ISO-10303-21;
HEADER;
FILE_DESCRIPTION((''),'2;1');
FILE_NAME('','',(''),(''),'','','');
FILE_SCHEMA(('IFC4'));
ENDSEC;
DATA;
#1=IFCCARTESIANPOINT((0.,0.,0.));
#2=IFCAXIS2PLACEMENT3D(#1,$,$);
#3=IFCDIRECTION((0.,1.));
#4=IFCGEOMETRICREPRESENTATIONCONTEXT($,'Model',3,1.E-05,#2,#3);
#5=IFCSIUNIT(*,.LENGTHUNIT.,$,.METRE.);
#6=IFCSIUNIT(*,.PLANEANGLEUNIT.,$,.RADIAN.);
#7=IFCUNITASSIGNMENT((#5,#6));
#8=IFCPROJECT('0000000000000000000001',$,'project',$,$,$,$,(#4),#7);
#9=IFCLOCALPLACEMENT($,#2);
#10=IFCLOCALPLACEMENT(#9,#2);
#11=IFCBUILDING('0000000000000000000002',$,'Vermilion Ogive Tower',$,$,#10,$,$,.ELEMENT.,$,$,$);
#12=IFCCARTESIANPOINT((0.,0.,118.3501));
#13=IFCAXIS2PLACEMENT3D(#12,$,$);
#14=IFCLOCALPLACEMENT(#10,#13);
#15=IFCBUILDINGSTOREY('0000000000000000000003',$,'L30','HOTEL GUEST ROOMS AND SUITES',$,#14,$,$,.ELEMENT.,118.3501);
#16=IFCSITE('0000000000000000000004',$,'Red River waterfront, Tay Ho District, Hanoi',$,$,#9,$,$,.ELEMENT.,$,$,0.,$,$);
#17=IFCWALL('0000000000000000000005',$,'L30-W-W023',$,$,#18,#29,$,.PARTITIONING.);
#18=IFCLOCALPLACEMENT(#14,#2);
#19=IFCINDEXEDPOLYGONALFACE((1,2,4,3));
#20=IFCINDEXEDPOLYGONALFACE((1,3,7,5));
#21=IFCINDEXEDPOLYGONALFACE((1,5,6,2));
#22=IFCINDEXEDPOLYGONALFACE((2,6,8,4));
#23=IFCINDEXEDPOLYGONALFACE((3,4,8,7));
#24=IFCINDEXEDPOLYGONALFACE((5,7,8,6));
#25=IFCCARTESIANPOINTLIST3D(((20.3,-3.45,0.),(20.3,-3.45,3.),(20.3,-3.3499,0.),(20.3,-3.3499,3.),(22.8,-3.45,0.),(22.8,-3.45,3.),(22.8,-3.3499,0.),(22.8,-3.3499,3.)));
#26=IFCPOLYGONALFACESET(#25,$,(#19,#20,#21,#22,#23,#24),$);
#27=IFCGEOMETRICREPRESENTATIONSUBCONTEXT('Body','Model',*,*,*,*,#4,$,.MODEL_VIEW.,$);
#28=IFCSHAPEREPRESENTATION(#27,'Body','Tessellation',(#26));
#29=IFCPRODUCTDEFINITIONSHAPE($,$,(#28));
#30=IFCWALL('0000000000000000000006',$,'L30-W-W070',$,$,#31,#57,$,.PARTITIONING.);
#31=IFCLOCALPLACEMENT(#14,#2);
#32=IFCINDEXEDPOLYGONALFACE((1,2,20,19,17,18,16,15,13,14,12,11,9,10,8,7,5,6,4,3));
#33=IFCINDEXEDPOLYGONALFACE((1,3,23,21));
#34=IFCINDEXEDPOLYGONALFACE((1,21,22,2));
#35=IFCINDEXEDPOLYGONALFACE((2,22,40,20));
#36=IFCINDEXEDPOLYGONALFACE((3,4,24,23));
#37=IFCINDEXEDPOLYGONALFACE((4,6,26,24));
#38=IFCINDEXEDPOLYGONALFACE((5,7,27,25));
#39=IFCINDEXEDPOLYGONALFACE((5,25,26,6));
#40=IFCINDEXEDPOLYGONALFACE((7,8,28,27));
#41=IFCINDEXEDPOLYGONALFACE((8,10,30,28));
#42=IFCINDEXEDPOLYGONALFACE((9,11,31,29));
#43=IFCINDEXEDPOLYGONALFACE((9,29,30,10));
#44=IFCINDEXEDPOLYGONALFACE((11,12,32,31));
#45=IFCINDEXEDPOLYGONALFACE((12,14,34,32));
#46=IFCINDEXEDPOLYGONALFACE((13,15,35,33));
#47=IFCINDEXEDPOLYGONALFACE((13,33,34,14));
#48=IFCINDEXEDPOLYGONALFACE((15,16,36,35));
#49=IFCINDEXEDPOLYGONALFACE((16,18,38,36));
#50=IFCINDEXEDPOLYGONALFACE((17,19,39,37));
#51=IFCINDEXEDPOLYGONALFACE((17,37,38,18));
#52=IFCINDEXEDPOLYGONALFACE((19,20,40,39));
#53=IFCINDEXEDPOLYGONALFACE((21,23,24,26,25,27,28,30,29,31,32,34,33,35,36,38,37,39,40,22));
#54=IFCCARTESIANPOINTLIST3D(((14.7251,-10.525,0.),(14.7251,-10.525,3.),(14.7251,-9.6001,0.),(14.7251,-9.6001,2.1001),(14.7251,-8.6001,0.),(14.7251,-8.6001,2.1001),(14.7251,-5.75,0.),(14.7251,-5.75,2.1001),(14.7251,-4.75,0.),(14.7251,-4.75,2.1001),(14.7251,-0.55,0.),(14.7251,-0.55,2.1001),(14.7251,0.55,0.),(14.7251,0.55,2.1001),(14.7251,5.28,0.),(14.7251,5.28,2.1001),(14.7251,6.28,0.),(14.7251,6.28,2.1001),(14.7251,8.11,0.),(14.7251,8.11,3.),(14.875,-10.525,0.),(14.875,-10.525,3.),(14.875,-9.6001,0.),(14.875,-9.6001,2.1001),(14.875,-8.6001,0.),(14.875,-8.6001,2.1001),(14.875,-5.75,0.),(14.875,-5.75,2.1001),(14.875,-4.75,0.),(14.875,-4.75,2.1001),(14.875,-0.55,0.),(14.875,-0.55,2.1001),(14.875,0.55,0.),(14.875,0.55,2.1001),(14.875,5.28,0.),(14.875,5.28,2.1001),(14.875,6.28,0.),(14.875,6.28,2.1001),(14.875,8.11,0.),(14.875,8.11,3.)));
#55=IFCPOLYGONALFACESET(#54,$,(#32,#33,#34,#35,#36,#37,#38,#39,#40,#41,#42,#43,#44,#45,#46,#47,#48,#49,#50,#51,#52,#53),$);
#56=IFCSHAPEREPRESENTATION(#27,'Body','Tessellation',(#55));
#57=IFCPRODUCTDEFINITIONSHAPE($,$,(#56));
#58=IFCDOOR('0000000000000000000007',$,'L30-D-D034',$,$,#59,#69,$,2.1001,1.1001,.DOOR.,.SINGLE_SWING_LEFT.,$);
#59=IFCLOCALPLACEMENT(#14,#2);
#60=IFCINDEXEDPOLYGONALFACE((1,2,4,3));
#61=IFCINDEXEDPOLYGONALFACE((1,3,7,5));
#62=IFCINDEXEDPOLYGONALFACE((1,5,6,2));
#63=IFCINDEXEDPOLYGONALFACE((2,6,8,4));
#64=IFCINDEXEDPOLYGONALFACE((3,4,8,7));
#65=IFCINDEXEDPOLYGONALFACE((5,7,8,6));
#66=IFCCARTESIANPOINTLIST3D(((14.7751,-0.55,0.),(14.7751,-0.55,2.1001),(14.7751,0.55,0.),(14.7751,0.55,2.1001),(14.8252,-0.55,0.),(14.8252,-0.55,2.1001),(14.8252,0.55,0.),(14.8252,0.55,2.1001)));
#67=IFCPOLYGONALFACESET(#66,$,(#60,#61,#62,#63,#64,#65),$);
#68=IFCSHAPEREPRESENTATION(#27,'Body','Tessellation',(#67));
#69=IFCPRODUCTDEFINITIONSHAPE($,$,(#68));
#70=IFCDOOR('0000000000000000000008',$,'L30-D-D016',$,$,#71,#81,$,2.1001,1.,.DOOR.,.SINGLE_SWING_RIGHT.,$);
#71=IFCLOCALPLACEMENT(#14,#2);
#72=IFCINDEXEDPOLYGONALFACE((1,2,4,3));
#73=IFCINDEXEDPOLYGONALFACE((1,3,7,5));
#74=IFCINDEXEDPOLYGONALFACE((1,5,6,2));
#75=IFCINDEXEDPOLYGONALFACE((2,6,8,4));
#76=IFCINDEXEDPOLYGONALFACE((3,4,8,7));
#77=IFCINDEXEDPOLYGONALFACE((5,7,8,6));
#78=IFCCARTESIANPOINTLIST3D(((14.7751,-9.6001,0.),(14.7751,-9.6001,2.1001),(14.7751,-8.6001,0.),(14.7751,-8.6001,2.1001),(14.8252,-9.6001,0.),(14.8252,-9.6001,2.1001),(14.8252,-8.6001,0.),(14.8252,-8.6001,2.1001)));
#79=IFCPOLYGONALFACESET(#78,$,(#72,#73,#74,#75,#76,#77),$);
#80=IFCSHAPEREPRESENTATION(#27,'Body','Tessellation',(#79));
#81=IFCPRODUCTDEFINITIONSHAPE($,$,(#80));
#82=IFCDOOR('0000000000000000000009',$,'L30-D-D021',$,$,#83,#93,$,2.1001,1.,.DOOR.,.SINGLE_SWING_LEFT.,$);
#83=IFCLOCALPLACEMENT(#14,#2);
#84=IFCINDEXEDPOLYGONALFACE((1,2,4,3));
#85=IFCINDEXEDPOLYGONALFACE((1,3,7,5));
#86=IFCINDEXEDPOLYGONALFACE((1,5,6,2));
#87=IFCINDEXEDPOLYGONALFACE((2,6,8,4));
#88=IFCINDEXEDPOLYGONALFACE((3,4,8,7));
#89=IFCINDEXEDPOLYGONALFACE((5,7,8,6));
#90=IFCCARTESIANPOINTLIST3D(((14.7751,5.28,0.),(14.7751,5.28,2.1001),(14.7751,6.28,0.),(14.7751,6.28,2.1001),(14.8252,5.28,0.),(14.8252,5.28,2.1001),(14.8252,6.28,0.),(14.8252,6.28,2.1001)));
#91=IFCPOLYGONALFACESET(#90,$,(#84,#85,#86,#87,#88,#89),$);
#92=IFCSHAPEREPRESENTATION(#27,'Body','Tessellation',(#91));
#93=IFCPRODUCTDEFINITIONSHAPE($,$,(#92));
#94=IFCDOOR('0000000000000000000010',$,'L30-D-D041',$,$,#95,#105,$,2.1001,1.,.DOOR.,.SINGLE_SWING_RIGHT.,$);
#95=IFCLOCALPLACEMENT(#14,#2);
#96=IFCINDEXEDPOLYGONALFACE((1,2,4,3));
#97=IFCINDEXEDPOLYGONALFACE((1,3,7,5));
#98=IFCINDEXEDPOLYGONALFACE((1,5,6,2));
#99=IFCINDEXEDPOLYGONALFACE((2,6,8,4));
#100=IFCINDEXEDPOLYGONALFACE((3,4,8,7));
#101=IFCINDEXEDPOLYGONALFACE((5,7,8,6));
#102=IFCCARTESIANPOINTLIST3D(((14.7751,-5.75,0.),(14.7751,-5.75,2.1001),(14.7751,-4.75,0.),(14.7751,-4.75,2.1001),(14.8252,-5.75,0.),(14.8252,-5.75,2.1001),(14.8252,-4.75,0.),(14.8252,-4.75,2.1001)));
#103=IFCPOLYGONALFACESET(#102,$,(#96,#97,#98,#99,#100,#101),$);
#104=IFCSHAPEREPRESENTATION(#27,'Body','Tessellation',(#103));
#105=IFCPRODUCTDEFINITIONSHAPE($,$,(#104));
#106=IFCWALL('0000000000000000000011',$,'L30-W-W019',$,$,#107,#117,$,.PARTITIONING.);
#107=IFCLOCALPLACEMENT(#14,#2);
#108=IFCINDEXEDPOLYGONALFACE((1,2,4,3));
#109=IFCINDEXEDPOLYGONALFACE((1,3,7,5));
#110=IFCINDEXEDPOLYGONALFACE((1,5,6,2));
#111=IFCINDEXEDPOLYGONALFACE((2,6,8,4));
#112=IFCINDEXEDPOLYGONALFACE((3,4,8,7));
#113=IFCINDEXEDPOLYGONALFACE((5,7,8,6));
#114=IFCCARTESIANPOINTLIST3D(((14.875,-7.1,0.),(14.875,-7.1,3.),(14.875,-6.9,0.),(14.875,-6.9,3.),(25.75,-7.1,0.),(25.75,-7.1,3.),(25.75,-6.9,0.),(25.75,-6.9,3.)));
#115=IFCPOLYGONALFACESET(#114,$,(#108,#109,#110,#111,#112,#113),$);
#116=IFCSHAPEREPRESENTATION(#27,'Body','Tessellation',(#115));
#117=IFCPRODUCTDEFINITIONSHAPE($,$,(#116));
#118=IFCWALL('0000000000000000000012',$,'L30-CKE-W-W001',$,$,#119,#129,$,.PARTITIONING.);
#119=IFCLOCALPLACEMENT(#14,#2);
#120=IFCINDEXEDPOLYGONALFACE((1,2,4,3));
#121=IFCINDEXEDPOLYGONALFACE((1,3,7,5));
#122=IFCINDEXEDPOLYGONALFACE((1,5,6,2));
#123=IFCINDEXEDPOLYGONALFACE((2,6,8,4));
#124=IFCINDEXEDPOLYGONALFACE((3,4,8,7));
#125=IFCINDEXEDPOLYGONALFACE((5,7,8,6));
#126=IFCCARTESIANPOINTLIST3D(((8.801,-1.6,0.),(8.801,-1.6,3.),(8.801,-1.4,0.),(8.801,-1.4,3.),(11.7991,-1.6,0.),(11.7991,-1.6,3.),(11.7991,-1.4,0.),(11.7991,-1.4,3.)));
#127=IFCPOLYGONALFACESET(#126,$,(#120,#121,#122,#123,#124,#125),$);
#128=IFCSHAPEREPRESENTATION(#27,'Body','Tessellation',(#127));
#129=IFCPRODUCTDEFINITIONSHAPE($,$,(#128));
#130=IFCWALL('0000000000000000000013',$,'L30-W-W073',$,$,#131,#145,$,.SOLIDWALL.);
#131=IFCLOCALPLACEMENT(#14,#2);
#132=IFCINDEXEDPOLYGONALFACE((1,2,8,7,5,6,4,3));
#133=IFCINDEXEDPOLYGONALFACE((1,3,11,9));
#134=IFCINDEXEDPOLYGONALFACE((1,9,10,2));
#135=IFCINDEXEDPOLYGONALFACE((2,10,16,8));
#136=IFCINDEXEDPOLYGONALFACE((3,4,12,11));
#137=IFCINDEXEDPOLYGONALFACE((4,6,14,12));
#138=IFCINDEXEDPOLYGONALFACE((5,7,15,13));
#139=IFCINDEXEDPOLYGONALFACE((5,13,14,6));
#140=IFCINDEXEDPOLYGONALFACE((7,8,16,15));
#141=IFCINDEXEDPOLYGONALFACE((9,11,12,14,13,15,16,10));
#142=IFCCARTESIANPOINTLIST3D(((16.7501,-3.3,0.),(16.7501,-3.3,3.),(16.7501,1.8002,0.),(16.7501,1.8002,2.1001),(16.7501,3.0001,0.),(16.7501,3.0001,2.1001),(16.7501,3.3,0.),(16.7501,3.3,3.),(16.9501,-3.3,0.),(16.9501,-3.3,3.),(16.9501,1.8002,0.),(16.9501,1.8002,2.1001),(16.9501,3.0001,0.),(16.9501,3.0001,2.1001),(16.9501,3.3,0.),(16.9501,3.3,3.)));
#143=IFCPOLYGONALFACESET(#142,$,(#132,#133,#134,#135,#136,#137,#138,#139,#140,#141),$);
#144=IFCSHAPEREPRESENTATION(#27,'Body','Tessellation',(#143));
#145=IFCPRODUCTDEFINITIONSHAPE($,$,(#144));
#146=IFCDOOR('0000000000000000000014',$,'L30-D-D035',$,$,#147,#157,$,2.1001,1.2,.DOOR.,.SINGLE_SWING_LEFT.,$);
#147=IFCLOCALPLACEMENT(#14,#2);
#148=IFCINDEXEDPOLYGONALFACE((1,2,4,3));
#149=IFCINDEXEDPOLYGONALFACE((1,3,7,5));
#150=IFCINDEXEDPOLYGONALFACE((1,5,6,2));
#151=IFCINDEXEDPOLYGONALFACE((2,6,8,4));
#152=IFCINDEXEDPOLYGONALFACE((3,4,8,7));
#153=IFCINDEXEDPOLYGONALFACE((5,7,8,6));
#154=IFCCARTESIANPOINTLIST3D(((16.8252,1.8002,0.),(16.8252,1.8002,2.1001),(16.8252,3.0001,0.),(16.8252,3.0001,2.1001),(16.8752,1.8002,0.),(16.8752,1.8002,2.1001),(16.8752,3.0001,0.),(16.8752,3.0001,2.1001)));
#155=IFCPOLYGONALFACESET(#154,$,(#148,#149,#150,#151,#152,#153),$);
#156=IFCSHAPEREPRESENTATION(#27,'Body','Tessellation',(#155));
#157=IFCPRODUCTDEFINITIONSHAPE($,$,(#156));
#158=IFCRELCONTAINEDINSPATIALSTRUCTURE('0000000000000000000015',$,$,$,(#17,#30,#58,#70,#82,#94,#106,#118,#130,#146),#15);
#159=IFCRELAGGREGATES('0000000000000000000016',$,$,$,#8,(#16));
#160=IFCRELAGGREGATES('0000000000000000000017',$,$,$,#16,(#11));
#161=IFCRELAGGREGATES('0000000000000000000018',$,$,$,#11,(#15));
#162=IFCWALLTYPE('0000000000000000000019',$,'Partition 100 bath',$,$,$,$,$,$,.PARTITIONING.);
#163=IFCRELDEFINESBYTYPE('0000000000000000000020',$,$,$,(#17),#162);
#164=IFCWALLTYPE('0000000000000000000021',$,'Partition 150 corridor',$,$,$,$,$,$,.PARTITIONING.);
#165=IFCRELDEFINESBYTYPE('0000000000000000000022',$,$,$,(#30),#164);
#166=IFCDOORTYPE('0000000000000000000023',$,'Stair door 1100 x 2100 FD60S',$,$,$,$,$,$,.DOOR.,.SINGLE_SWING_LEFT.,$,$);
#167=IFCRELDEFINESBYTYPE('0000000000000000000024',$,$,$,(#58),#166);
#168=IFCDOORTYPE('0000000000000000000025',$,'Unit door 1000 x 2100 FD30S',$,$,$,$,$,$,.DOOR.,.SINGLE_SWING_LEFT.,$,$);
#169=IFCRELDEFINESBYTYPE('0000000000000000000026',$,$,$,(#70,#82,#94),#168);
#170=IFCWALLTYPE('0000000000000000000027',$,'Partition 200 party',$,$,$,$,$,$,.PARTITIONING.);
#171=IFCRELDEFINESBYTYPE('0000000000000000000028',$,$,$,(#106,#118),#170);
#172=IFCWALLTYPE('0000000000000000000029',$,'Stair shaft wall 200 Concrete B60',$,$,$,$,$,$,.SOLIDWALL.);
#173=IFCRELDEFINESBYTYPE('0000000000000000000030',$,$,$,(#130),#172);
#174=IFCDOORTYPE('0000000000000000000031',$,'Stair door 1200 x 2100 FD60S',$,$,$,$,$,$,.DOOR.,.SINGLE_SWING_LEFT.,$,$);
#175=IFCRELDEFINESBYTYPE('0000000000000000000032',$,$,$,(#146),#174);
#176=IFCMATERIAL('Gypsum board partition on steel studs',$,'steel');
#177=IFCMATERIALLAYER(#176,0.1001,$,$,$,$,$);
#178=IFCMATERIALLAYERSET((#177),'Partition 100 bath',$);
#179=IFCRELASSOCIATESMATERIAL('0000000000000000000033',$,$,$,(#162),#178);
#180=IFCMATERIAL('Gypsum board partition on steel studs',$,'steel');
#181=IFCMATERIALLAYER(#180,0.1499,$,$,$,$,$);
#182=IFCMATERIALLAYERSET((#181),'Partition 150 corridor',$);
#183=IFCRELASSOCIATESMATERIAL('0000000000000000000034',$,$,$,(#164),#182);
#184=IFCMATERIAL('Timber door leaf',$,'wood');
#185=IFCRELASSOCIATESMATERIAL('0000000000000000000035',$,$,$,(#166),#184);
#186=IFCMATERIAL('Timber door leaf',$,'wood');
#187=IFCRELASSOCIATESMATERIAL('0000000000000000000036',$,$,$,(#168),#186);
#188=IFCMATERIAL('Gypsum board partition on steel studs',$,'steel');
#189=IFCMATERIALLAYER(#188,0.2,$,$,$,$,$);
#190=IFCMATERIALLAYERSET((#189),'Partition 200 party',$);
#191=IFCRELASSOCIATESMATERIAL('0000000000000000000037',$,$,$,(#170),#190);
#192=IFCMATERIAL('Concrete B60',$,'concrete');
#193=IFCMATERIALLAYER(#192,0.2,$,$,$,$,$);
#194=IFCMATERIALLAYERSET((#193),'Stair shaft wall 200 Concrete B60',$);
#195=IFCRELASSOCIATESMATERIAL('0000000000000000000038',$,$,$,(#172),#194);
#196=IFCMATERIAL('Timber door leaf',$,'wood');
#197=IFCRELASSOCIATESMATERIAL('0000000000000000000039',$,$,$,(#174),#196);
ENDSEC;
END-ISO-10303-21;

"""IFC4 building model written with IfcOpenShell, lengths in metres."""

from ifc_helpers import new_model, si_unit, direction, frame, frame_2d, origin, place, context, subcontext, project, spatial, rectangle, extrude, material, layer, layer_set, type_object, element, fill, save


model = new_model("IFC4")

# Units and contexts
model_context = context("Model", 3, precision=1e-05, world=origin(), true_north=direction((0.0, 1.0)))
body_context = subcontext(model_context, "Body", "Model", "MODEL_VIEW")
ifc_project = project(units=[si_unit("LENGTHUNIT", "METRE"), si_unit("PLANEANGLEUNIT", "RADIAN")], contexts=[model_context])

# Site, building, storey
site_placement = place(None, origin())
site = spatial("IfcSite", under=ifc_project, at=site_placement, Name="Red River waterfront, Tay Ho District, Hanoi", CompositionType="ELEMENT", RefElevation=0.0)
building_placement = place(site_placement, origin())
building = spatial("IfcBuilding", under=site, at=building_placement, Name="Vermilion Ogive Tower", CompositionType="ELEMENT")
storey_placement = place(building_placement, frame((0.0, 0.0, 118.3501)))
storey = spatial("IfcBuildingStorey", under=building, at=storey_placement, Name="L30", Description="HOTEL GUEST ROOMS AND SUITES", CompositionType="ELEMENT", Elevation=118.3501)

# Wall
ifc_material_1 = material(Name="Gypsum board partition on steel studs", Category="steel")
ifc_layer_1 = layer(ifc_material_1, 0.1001)
ifc_layer_set_1 = layer_set([ifc_layer_1], Name="Partition 100 bath")
wall_type_1 = type_object("IfcWallType", Name="Partition 100 bath", PredefinedType="PARTITIONING", material=ifc_layer_set_1)
wall_1_placement = place(storey_placement, frame((20.3, -3.3999, 0.0), z_axis=(0.0, 0.0, 1.0), x_axis=(1.0, 0.0, 0.0)))
element("IfcWall", 1, at=wall_1_placement, inside=storey, type_object=wall_type_1, Name="L30-W-W023", PredefinedType="PARTITIONING", context=body_context, shape_type="SweptSolid", body=[
    extrude(rectangle(XDim=2.5, YDim=0.1001, at=frame_2d((1.25, 0.0))), origin(), (0.0, 0.0, 1.0), 3.0),
])

# Wall, openings, doors
ifc_material_2 = material(Name="Gypsum board partition on steel studs", Category="steel")
ifc_layer_2 = layer(ifc_material_2, 0.1499)
ifc_layer_set_2 = layer_set([ifc_layer_2], Name="Partition 150 corridor")
wall_type_2 = type_object("IfcWallType", Name="Partition 150 corridor", PredefinedType="PARTITIONING", material=ifc_layer_set_2)
wall_2_placement = place(storey_placement, frame((14.8, -10.5249, 0.0), z_axis=(0.0, 0.0, 1.0), x_axis=(0.0, 1.0, 0.0)))
wall_2 = element("IfcWall", 2, at=wall_2_placement, inside=storey, type_object=wall_type_2, Name="L30-W-W070", PredefinedType="PARTITIONING", context=body_context, shape_type="SweptSolid", body=[
    extrude(rectangle(XDim=18.635, YDim=0.1499, at=frame_2d((9.3174, 0.0))), origin(), (0.0, 0.0, 1.0), 3.0),
])
opening_1_placement = place(wall_2_placement, frame((0.9248, 0.0, 0.0)))
opening_1 = element("IfcOpeningElement", 3, at=opening_1_placement, cuts=wall_2, PredefinedType="OPENING", context=body_context, shape_type="SweptSolid", body=[
    extrude(rectangle(XDim=1.0, YDim=2.1001, at=frame_2d((0.5, 1.05))), frame((0.0, 0.085, 0.0), z_axis=(0.0, -1.0, 0.0), x_axis=(1.0, 0.0, 0.0)), (0.0, 0.0, 1.0), 0.1699),
])
opening_2_placement = place(wall_2_placement, frame((15.8049, 0.0, 0.0)))
opening_2 = element("IfcOpeningElement", 4, at=opening_2_placement, cuts=wall_2, PredefinedType="OPENING", context=body_context, shape_type="SweptSolid", body=[
    extrude(rectangle(XDim=1.0, YDim=2.1001, at=frame_2d((0.5, 1.05))), frame((0.0, 0.085, 0.0), z_axis=(0.0, -1.0, 0.0), x_axis=(1.0, 0.0, 0.0)), (0.0, 0.0, 1.0), 0.1699),
])
opening_3_placement = place(wall_2_placement, frame((9.9749, 0.0, 0.0)))
opening_3 = element("IfcOpeningElement", 5, at=opening_3_placement, cuts=wall_2, PredefinedType="OPENING", context=body_context, shape_type="SweptSolid", body=[
    extrude(rectangle(XDim=1.1001, YDim=2.1001, at=frame_2d((0.55, 1.05))), frame((0.0, 0.085, 0.0), z_axis=(0.0, -1.0, 0.0), x_axis=(1.0, 0.0, 0.0)), (0.0, 0.0, 1.0), 0.1699),
])
opening_4_placement = place(wall_2_placement, frame((4.7749, 0.0, 0.0)))
opening_4 = element("IfcOpeningElement", 6, at=opening_4_placement, cuts=wall_2, PredefinedType="OPENING", context=body_context, shape_type="SweptSolid", body=[
    extrude(rectangle(XDim=1.0, YDim=2.1001, at=frame_2d((0.5, 1.05))), frame((0.0, 0.085, 0.0), z_axis=(0.0, -1.0, 0.0), x_axis=(1.0, 0.0, 0.0)), (0.0, 0.0, 1.0), 0.1699),
])
ifc_material_3 = material(Name="Timber door leaf", Category="wood")
door_type_1 = type_object("IfcDoorType", Name="Stair door 1100 x 2100 FD60S", OperationType="SINGLE_SWING_LEFT", PredefinedType="DOOR", material=ifc_material_3)
door_1_placement = place(opening_3_placement, origin())
door_1 = element("IfcDoor", 7, at=door_1_placement, inside=storey, type_object=door_type_1, Name="L30-D-D034", OperationType="SINGLE_SWING_LEFT", OverallHeight=2.1001, OverallWidth=1.1001, PredefinedType="DOOR", context=body_context, shape_type="SweptSolid", body=[
    extrude(rectangle(XDim=1.1001, YDim=2.1001, at=frame_2d((0.55, 1.05))), frame((0.0, 0.0249, 0.0), z_axis=(0.0, -1.0, 0.0), x_axis=(1.0, 0.0, 0.0)), (0.0, 0.0, 1.0), 0.05),
])
fill(opening_3, door_1)
ifc_material_4 = material(Name="Timber door leaf", Category="wood")
door_type_2 = type_object("IfcDoorType", Name="Unit door 1000 x 2100 FD30S", OperationType="SINGLE_SWING_LEFT", PredefinedType="DOOR", material=ifc_material_4)
door_2_placement = place(opening_1_placement, origin())
door_2 = element("IfcDoor", 8, at=door_2_placement, inside=storey, type_object=door_type_2, Name="L30-D-D016", OperationType="SINGLE_SWING_RIGHT", OverallHeight=2.1001, OverallWidth=1.0, PredefinedType="DOOR", context=body_context, shape_type="SweptSolid", body=[
    extrude(rectangle(XDim=1.0, YDim=2.1001, at=frame_2d((0.5, 1.05))), frame((0.0, 0.0249, 0.0), z_axis=(0.0, -1.0, 0.0), x_axis=(1.0, 0.0, 0.0)), (0.0, 0.0, 1.0), 0.05),
])
fill(opening_1, door_2)
door_3_placement = place(opening_2_placement, origin())
door_3 = element("IfcDoor", 9, at=door_3_placement, inside=storey, type_object=door_type_2, Name="L30-D-D021", OperationType="SINGLE_SWING_LEFT", OverallHeight=2.1001, OverallWidth=1.0, PredefinedType="DOOR", context=body_context, shape_type="SweptSolid", body=[
    extrude(rectangle(XDim=1.0, YDim=2.1001, at=frame_2d((0.5, 1.05))), frame((0.0, 0.0249, 0.0), z_axis=(0.0, -1.0, 0.0), x_axis=(1.0, 0.0, 0.0)), (0.0, 0.0, 1.0), 0.05),
])
fill(opening_2, door_3)
door_4_placement = place(opening_4_placement, origin())
door_4 = element("IfcDoor", 10, at=door_4_placement, inside=storey, type_object=door_type_2, Name="L30-D-D041", OperationType="SINGLE_SWING_RIGHT", OverallHeight=2.1001, OverallWidth=1.0, PredefinedType="DOOR", context=body_context, shape_type="SweptSolid", body=[
    extrude(rectangle(XDim=1.0, YDim=2.1001, at=frame_2d((0.5, 1.05))), frame((0.0, 0.0249, 0.0), z_axis=(0.0, -1.0, 0.0), x_axis=(1.0, 0.0, 0.0)), (0.0, 0.0, 1.0), 0.05),
])
fill(opening_4, door_4)

# Walls
ifc_material_5 = material(Name="Gypsum board partition on steel studs", Category="steel")
ifc_layer_3 = layer(ifc_material_5, 0.2)
ifc_layer_set_3 = layer_set([ifc_layer_3], Name="Partition 200 party")
wall_type_3 = type_object("IfcWallType", Name="Partition 200 party", PredefinedType="PARTITIONING", material=ifc_layer_set_3)
wall_3_placement = place(storey_placement, frame((14.875, -7.0, 0.0), z_axis=(0.0, 0.0, 1.0), x_axis=(1.0, 0.0, 0.0)))
element("IfcWall", 11, at=wall_3_placement, inside=storey, type_object=wall_type_3, Name="L30-W-W019", PredefinedType="PARTITIONING", context=body_context, shape_type="SweptSolid", body=[
    extrude(rectangle(XDim=10.875, YDim=0.2, at=frame_2d((5.4375, 0.0))), origin(), (0.0, 0.0, 1.0), 3.0),
])
wall_4_placement = place(storey_placement, frame((8.801, -1.5, 0.0), z_axis=(0.0, 0.0, 1.0), x_axis=(1.0, 0.0, 0.0)))
element("IfcWall", 12, at=wall_4_placement, inside=storey, type_object=wall_type_3, Name="L30-CKE-W-W001", PredefinedType="PARTITIONING", context=body_context, shape_type="SweptSolid", body=[
    extrude(rectangle(XDim=2.998, YDim=0.2, at=frame_2d((1.499, 0.0))), origin(), (0.0, 0.0, 1.0), 3.0),
])

# Wall, opening, door
ifc_material_6 = material(Name="Concrete B60", Category="concrete")
ifc_layer_4 = layer(ifc_material_6, 0.2)
ifc_layer_set_4 = layer_set([ifc_layer_4], Name="Stair shaft wall 200 Concrete B60")
wall_type_4 = type_object("IfcWallType", Name="Stair shaft wall 200 Concrete B60", PredefinedType="SOLIDWALL", material=ifc_layer_set_4)
wall_5_placement = place(storey_placement, frame((16.8501, -3.3, 0.0), z_axis=(0.0, 0.0, 1.0), x_axis=(0.0, 1.0, 0.0)))
wall_5 = element("IfcWall", 13, at=wall_5_placement, inside=storey, type_object=wall_type_4, Name="L30-W-W073", PredefinedType="SOLIDWALL", context=body_context, shape_type="SweptSolid", body=[
    extrude(rectangle(XDim=6.6001, YDim=0.2, at=frame_2d((3.3, 0.0))), origin(), (0.0, 0.0, 1.0), 3.0),
])
opening_5_placement = place(wall_5_placement, frame((5.1001, 0.0, 0.0)))
opening_5 = element("IfcOpeningElement", 14, at=opening_5_placement, cuts=wall_5, PredefinedType="OPENING", context=body_context, shape_type="SweptSolid", body=[
    extrude(rectangle(XDim=1.2, YDim=2.1001, at=frame_2d((0.6001, 1.05))), frame((0.0, 0.1099, 0.0), z_axis=(0.0, -1.0, 0.0), x_axis=(1.0, 0.0, 0.0)), (0.0, 0.0, 1.0), 0.22),
])
ifc_material_7 = material(Name="Timber door leaf", Category="wood")
door_type_3 = type_object("IfcDoorType", Name="Stair door 1200 x 2100 FD60S", OperationType="SINGLE_SWING_LEFT", PredefinedType="DOOR", material=ifc_material_7)
door_5_placement = place(opening_5_placement, origin())
door_5 = element("IfcDoor", 15, at=door_5_placement, inside=storey, type_object=door_type_3, Name="L30-D-D035", OperationType="SINGLE_SWING_LEFT", OverallHeight=2.1001, OverallWidth=1.2, PredefinedType="DOOR", context=body_context, shape_type="SweptSolid", body=[
    extrude(rectangle(XDim=1.2, YDim=2.1001, at=frame_2d((0.6001, 1.05))), frame((0.0, 0.0249, 0.0), z_axis=(0.0, -1.0, 0.0), x_axis=(1.0, 0.0, 0.0)), (0.0, 0.0, 1.0), 0.05),
])
fill(opening_5, door_5)

save(model, "model.ifc")
